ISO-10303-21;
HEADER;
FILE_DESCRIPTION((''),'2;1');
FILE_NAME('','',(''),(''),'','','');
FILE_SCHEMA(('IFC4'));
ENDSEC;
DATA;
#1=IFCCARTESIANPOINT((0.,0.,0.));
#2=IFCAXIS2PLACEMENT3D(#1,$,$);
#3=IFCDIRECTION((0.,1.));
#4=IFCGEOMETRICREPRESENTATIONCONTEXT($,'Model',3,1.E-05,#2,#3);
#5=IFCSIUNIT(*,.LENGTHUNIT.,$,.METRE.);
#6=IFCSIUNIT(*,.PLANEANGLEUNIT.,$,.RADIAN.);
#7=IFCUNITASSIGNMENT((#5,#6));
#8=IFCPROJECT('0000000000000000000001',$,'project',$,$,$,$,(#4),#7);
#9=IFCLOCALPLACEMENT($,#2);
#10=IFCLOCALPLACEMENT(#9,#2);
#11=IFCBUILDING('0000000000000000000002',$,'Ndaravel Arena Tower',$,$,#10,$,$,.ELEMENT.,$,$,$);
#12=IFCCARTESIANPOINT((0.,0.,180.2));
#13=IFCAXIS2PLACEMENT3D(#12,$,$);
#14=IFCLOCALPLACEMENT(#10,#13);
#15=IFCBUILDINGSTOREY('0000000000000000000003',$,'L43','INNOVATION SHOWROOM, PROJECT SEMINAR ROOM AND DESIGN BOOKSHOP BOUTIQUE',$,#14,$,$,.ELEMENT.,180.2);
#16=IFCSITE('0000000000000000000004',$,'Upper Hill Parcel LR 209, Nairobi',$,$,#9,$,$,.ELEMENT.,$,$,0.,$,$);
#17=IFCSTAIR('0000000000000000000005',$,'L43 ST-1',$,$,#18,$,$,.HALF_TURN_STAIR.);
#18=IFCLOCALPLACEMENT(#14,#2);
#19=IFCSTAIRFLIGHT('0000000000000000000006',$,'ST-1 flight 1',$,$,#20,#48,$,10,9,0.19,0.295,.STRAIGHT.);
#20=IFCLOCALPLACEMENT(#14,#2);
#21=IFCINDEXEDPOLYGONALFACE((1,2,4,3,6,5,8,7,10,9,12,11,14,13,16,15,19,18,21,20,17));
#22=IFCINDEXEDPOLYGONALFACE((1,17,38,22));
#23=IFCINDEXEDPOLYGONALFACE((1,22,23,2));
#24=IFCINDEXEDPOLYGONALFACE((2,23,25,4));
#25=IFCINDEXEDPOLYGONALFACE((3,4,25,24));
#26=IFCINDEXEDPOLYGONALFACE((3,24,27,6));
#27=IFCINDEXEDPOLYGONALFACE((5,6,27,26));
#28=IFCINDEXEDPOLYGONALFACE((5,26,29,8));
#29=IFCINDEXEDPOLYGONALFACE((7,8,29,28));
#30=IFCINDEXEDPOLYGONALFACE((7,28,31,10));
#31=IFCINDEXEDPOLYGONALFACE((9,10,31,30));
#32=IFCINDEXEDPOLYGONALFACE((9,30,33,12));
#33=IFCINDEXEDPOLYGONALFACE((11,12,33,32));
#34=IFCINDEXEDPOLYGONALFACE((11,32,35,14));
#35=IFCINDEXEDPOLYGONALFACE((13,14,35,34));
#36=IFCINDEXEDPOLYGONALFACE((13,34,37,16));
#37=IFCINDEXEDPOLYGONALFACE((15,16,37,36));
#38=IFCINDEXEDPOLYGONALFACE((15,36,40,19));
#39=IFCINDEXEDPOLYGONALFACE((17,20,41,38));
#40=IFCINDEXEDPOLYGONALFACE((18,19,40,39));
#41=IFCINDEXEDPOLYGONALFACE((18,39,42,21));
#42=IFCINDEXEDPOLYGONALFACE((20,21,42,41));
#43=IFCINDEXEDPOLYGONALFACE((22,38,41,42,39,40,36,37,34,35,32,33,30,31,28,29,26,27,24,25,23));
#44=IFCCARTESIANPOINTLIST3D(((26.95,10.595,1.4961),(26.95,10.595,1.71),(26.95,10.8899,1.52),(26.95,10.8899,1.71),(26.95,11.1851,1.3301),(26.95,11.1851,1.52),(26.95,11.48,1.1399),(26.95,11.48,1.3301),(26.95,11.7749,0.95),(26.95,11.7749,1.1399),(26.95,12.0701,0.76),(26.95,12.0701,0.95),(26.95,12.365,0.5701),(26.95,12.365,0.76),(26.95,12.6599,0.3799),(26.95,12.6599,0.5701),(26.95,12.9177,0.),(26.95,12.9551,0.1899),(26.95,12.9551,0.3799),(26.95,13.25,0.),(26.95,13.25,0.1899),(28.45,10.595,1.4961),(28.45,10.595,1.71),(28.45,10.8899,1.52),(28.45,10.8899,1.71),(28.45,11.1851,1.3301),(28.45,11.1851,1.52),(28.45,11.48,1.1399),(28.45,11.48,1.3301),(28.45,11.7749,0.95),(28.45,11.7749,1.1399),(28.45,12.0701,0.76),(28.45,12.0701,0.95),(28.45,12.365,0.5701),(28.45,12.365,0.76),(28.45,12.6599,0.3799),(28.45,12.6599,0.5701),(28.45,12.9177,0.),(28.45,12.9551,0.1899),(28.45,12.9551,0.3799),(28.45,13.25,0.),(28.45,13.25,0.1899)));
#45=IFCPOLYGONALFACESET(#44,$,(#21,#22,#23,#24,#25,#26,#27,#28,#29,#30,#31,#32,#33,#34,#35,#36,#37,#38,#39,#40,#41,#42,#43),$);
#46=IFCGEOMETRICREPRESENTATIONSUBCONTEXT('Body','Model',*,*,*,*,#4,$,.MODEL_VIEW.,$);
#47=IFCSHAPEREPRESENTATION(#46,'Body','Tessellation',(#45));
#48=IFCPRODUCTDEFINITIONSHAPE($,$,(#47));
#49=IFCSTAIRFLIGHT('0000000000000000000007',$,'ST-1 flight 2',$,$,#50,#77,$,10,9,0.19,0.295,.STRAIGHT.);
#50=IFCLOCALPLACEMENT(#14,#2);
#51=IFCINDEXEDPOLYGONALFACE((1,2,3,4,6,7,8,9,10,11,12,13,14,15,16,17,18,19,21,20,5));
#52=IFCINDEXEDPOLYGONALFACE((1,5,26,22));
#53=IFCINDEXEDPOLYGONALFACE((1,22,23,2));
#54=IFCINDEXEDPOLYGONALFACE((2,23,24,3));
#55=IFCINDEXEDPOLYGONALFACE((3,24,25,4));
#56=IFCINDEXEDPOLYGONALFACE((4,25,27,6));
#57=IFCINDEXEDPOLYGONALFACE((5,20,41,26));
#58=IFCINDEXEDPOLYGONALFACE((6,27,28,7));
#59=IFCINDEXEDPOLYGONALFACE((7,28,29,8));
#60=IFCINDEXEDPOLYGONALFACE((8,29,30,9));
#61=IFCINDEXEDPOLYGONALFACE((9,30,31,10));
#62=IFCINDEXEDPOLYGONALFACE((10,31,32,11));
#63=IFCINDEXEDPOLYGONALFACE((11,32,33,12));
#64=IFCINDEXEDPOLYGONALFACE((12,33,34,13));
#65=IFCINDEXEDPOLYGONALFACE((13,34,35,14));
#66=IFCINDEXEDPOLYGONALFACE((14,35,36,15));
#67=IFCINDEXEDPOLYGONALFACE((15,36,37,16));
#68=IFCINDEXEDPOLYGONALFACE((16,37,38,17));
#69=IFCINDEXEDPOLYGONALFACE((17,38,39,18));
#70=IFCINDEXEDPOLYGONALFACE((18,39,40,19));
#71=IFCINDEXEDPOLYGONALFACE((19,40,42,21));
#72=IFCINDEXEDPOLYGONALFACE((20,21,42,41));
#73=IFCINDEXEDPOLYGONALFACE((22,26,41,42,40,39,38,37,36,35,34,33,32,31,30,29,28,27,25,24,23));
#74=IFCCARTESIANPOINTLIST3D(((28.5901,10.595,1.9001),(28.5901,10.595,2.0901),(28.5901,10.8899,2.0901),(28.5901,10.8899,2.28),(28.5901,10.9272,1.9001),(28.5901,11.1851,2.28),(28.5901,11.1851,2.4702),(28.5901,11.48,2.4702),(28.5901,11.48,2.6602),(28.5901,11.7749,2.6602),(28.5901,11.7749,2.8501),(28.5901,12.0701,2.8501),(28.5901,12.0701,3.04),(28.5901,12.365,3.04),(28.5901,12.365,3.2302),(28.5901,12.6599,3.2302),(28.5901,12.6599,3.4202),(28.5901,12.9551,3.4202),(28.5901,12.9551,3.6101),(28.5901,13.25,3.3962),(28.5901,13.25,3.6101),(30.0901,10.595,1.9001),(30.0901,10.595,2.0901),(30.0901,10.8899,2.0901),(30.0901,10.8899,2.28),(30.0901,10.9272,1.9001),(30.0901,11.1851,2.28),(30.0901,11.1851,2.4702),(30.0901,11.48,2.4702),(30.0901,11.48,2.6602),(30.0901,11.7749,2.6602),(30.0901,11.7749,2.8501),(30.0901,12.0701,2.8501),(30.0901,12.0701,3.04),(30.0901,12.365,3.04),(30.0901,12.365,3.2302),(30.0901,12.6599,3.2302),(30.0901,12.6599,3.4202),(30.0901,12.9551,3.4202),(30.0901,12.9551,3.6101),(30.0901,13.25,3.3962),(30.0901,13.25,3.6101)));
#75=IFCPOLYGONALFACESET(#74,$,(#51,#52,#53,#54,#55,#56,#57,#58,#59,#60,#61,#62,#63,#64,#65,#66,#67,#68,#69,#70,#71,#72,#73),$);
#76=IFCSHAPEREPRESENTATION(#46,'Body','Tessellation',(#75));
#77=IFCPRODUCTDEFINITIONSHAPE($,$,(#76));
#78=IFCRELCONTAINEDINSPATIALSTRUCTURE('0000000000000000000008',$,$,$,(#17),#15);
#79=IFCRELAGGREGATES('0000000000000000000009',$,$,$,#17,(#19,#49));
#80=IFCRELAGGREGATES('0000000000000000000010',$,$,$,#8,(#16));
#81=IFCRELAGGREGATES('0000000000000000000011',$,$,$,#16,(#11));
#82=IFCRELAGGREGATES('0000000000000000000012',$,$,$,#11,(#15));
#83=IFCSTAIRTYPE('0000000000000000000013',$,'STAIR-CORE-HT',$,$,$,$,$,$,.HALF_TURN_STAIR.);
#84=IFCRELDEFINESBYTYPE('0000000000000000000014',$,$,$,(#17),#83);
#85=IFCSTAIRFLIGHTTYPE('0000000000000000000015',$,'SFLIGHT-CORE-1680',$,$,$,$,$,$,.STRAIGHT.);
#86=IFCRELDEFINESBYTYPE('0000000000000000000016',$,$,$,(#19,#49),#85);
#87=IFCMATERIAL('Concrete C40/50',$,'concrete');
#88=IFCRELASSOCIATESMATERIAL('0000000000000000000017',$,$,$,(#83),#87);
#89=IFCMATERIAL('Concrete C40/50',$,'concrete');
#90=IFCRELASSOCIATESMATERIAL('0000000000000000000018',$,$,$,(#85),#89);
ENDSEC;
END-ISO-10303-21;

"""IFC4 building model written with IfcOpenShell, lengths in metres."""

from ifc_helpers import new_model, si_unit, direction, frame, origin, place, context, subcontext, project, spatial, polyline, outline, extrude, material, type_object, element, aggregate, save


model = new_model("IFC4")

# Units and contexts
model_context = context("Model", 3, precision=1e-05, world=origin(), true_north=direction((0.0, 1.0)))
body_context = subcontext(model_context, "Body", "Model", "MODEL_VIEW")
ifc_project = project(units=[si_unit("LENGTHUNIT", "METRE"), si_unit("PLANEANGLEUNIT", "RADIAN")], contexts=[model_context])

# Site, building, storey
site_placement = place(None, origin())
site = spatial("IfcSite", under=ifc_project, at=site_placement, Name="Upper Hill Parcel LR 209, Nairobi", CompositionType="ELEMENT", RefElevation=0.0)
building_placement = place(site_placement, origin())
building = spatial("IfcBuilding", under=site, at=building_placement, Name="Ndaravel Arena Tower", CompositionType="ELEMENT")
storey_placement = place(building_placement, frame((0.0, 0.0, 180.2)))
storey = spatial("IfcBuildingStorey", under=building, at=storey_placement, Name="L43", Description="INNOVATION SHOWROOM, PROJECT SEMINAR ROOM AND DESIGN BOOKSHOP BOUTIQUE", CompositionType="ELEMENT", Elevation=180.2)

# Stair, stair flights
ifc_material_1 = material(Name="Concrete C40/50", Category="concrete")
stair_type = type_object("IfcStairType", Name="STAIR-CORE-HT", PredefinedType="HALF_TURN_STAIR", material=ifc_material_1)
stair_placement = place(storey_placement, origin())
stair = element("IfcStair", 1, at=stair_placement, inside=storey, type_object=stair_type, Name="L43 ST-1", PredefinedType="HALF_TURN_STAIR")
ifc_material_2 = material(Name="Concrete C40/50", Category="concrete")
stair_flight_type = type_object("IfcStairFlightType", Name="SFLIGHT-CORE-1680", PredefinedType="STRAIGHT", material=ifc_material_2)
stair_flight_1_placement = place(storey_placement, frame((27.7, 13.25, 0.0), z_axis=(0.0, 0.0, 1.0), x_axis=(0.0, -1.0, 0.0)))
stair_flight_1 = element("IfcStairFlight", 2, at=stair_flight_1_placement, type_object=stair_flight_type, Name="ST-1 flight 1", NumberOfRisers=10, NumberOfTreads=9, PredefinedType="STRAIGHT", RiserHeight=0.19, TreadLength=0.295, context=body_context, shape_type="SweptSolid", body=[
    extrude(outline(polyline([(0.0, 0.0), (0.0, 0.1899), (0.2949, 0.1899), (0.2949, 0.3799), (0.5901, 0.3799), (0.5901, 0.5701), (0.885, 0.5701), (0.885, 0.76), (1.1799, 0.76), (1.1799, 0.95), (1.4751, 0.95), (1.4751, 1.1399), (1.77, 1.1399), (1.77, 1.3301), (2.0649, 1.3301), (2.0649, 1.52), (2.3601, 1.52), (2.3601, 1.71), (2.655, 1.71), (2.655, 1.8999), (2.655, 1.4961), (0.3323, 0.0), (0.0, 0.0)])), frame((0.0, 0.75, 0.0), z_axis=(0.0, -1.0, 0.0), x_axis=(1.0, 0.0, 0.0)), (0.0, 0.0, 1.0), 1.5),
])
stair_flight_2_placement = place(storey_placement, frame((29.3401, 10.595, 1.9001), z_axis=(0.0, 0.0, 1.0), x_axis=(0.0, 1.0, 0.0)))
stair_flight_2 = element("IfcStairFlight", 3, at=stair_flight_2_placement, type_object=stair_flight_type, Name="ST-1 flight 2", NumberOfRisers=10, NumberOfTreads=9, PredefinedType="STRAIGHT", RiserHeight=0.19, TreadLength=0.295, context=body_context, shape_type="SweptSolid", body=[
    extrude(outline(polyline([(0.0, 0.0), (0.0, 0.1899), (0.2949, 0.1899), (0.2949, 0.3799), (0.5901, 0.3799), (0.5901, 0.5701), (0.885, 0.5701), (0.885, 0.76), (1.1799, 0.76), (1.1799, 0.95), (1.4751, 0.95), (1.4751, 1.1399), (1.77, 1.1399), (1.77, 1.3301), (2.0649, 1.3301), (2.0649, 1.52), (2.3601, 1.52), (2.3601, 1.71), (2.655, 1.71), (2.655, 1.8999), (2.655, 1.4961), (0.3323, 0.0), (0.0, 0.0)])), frame((0.0, 0.75, 0.0), z_axis=(0.0, -1.0, 0.0), x_axis=(1.0, 0.0, 0.0)), (0.0, 0.0, 1.0), 1.5),
])
aggregate(stair, [stair_flight_1, stair_flight_2])

save(model, "model.ifc")
